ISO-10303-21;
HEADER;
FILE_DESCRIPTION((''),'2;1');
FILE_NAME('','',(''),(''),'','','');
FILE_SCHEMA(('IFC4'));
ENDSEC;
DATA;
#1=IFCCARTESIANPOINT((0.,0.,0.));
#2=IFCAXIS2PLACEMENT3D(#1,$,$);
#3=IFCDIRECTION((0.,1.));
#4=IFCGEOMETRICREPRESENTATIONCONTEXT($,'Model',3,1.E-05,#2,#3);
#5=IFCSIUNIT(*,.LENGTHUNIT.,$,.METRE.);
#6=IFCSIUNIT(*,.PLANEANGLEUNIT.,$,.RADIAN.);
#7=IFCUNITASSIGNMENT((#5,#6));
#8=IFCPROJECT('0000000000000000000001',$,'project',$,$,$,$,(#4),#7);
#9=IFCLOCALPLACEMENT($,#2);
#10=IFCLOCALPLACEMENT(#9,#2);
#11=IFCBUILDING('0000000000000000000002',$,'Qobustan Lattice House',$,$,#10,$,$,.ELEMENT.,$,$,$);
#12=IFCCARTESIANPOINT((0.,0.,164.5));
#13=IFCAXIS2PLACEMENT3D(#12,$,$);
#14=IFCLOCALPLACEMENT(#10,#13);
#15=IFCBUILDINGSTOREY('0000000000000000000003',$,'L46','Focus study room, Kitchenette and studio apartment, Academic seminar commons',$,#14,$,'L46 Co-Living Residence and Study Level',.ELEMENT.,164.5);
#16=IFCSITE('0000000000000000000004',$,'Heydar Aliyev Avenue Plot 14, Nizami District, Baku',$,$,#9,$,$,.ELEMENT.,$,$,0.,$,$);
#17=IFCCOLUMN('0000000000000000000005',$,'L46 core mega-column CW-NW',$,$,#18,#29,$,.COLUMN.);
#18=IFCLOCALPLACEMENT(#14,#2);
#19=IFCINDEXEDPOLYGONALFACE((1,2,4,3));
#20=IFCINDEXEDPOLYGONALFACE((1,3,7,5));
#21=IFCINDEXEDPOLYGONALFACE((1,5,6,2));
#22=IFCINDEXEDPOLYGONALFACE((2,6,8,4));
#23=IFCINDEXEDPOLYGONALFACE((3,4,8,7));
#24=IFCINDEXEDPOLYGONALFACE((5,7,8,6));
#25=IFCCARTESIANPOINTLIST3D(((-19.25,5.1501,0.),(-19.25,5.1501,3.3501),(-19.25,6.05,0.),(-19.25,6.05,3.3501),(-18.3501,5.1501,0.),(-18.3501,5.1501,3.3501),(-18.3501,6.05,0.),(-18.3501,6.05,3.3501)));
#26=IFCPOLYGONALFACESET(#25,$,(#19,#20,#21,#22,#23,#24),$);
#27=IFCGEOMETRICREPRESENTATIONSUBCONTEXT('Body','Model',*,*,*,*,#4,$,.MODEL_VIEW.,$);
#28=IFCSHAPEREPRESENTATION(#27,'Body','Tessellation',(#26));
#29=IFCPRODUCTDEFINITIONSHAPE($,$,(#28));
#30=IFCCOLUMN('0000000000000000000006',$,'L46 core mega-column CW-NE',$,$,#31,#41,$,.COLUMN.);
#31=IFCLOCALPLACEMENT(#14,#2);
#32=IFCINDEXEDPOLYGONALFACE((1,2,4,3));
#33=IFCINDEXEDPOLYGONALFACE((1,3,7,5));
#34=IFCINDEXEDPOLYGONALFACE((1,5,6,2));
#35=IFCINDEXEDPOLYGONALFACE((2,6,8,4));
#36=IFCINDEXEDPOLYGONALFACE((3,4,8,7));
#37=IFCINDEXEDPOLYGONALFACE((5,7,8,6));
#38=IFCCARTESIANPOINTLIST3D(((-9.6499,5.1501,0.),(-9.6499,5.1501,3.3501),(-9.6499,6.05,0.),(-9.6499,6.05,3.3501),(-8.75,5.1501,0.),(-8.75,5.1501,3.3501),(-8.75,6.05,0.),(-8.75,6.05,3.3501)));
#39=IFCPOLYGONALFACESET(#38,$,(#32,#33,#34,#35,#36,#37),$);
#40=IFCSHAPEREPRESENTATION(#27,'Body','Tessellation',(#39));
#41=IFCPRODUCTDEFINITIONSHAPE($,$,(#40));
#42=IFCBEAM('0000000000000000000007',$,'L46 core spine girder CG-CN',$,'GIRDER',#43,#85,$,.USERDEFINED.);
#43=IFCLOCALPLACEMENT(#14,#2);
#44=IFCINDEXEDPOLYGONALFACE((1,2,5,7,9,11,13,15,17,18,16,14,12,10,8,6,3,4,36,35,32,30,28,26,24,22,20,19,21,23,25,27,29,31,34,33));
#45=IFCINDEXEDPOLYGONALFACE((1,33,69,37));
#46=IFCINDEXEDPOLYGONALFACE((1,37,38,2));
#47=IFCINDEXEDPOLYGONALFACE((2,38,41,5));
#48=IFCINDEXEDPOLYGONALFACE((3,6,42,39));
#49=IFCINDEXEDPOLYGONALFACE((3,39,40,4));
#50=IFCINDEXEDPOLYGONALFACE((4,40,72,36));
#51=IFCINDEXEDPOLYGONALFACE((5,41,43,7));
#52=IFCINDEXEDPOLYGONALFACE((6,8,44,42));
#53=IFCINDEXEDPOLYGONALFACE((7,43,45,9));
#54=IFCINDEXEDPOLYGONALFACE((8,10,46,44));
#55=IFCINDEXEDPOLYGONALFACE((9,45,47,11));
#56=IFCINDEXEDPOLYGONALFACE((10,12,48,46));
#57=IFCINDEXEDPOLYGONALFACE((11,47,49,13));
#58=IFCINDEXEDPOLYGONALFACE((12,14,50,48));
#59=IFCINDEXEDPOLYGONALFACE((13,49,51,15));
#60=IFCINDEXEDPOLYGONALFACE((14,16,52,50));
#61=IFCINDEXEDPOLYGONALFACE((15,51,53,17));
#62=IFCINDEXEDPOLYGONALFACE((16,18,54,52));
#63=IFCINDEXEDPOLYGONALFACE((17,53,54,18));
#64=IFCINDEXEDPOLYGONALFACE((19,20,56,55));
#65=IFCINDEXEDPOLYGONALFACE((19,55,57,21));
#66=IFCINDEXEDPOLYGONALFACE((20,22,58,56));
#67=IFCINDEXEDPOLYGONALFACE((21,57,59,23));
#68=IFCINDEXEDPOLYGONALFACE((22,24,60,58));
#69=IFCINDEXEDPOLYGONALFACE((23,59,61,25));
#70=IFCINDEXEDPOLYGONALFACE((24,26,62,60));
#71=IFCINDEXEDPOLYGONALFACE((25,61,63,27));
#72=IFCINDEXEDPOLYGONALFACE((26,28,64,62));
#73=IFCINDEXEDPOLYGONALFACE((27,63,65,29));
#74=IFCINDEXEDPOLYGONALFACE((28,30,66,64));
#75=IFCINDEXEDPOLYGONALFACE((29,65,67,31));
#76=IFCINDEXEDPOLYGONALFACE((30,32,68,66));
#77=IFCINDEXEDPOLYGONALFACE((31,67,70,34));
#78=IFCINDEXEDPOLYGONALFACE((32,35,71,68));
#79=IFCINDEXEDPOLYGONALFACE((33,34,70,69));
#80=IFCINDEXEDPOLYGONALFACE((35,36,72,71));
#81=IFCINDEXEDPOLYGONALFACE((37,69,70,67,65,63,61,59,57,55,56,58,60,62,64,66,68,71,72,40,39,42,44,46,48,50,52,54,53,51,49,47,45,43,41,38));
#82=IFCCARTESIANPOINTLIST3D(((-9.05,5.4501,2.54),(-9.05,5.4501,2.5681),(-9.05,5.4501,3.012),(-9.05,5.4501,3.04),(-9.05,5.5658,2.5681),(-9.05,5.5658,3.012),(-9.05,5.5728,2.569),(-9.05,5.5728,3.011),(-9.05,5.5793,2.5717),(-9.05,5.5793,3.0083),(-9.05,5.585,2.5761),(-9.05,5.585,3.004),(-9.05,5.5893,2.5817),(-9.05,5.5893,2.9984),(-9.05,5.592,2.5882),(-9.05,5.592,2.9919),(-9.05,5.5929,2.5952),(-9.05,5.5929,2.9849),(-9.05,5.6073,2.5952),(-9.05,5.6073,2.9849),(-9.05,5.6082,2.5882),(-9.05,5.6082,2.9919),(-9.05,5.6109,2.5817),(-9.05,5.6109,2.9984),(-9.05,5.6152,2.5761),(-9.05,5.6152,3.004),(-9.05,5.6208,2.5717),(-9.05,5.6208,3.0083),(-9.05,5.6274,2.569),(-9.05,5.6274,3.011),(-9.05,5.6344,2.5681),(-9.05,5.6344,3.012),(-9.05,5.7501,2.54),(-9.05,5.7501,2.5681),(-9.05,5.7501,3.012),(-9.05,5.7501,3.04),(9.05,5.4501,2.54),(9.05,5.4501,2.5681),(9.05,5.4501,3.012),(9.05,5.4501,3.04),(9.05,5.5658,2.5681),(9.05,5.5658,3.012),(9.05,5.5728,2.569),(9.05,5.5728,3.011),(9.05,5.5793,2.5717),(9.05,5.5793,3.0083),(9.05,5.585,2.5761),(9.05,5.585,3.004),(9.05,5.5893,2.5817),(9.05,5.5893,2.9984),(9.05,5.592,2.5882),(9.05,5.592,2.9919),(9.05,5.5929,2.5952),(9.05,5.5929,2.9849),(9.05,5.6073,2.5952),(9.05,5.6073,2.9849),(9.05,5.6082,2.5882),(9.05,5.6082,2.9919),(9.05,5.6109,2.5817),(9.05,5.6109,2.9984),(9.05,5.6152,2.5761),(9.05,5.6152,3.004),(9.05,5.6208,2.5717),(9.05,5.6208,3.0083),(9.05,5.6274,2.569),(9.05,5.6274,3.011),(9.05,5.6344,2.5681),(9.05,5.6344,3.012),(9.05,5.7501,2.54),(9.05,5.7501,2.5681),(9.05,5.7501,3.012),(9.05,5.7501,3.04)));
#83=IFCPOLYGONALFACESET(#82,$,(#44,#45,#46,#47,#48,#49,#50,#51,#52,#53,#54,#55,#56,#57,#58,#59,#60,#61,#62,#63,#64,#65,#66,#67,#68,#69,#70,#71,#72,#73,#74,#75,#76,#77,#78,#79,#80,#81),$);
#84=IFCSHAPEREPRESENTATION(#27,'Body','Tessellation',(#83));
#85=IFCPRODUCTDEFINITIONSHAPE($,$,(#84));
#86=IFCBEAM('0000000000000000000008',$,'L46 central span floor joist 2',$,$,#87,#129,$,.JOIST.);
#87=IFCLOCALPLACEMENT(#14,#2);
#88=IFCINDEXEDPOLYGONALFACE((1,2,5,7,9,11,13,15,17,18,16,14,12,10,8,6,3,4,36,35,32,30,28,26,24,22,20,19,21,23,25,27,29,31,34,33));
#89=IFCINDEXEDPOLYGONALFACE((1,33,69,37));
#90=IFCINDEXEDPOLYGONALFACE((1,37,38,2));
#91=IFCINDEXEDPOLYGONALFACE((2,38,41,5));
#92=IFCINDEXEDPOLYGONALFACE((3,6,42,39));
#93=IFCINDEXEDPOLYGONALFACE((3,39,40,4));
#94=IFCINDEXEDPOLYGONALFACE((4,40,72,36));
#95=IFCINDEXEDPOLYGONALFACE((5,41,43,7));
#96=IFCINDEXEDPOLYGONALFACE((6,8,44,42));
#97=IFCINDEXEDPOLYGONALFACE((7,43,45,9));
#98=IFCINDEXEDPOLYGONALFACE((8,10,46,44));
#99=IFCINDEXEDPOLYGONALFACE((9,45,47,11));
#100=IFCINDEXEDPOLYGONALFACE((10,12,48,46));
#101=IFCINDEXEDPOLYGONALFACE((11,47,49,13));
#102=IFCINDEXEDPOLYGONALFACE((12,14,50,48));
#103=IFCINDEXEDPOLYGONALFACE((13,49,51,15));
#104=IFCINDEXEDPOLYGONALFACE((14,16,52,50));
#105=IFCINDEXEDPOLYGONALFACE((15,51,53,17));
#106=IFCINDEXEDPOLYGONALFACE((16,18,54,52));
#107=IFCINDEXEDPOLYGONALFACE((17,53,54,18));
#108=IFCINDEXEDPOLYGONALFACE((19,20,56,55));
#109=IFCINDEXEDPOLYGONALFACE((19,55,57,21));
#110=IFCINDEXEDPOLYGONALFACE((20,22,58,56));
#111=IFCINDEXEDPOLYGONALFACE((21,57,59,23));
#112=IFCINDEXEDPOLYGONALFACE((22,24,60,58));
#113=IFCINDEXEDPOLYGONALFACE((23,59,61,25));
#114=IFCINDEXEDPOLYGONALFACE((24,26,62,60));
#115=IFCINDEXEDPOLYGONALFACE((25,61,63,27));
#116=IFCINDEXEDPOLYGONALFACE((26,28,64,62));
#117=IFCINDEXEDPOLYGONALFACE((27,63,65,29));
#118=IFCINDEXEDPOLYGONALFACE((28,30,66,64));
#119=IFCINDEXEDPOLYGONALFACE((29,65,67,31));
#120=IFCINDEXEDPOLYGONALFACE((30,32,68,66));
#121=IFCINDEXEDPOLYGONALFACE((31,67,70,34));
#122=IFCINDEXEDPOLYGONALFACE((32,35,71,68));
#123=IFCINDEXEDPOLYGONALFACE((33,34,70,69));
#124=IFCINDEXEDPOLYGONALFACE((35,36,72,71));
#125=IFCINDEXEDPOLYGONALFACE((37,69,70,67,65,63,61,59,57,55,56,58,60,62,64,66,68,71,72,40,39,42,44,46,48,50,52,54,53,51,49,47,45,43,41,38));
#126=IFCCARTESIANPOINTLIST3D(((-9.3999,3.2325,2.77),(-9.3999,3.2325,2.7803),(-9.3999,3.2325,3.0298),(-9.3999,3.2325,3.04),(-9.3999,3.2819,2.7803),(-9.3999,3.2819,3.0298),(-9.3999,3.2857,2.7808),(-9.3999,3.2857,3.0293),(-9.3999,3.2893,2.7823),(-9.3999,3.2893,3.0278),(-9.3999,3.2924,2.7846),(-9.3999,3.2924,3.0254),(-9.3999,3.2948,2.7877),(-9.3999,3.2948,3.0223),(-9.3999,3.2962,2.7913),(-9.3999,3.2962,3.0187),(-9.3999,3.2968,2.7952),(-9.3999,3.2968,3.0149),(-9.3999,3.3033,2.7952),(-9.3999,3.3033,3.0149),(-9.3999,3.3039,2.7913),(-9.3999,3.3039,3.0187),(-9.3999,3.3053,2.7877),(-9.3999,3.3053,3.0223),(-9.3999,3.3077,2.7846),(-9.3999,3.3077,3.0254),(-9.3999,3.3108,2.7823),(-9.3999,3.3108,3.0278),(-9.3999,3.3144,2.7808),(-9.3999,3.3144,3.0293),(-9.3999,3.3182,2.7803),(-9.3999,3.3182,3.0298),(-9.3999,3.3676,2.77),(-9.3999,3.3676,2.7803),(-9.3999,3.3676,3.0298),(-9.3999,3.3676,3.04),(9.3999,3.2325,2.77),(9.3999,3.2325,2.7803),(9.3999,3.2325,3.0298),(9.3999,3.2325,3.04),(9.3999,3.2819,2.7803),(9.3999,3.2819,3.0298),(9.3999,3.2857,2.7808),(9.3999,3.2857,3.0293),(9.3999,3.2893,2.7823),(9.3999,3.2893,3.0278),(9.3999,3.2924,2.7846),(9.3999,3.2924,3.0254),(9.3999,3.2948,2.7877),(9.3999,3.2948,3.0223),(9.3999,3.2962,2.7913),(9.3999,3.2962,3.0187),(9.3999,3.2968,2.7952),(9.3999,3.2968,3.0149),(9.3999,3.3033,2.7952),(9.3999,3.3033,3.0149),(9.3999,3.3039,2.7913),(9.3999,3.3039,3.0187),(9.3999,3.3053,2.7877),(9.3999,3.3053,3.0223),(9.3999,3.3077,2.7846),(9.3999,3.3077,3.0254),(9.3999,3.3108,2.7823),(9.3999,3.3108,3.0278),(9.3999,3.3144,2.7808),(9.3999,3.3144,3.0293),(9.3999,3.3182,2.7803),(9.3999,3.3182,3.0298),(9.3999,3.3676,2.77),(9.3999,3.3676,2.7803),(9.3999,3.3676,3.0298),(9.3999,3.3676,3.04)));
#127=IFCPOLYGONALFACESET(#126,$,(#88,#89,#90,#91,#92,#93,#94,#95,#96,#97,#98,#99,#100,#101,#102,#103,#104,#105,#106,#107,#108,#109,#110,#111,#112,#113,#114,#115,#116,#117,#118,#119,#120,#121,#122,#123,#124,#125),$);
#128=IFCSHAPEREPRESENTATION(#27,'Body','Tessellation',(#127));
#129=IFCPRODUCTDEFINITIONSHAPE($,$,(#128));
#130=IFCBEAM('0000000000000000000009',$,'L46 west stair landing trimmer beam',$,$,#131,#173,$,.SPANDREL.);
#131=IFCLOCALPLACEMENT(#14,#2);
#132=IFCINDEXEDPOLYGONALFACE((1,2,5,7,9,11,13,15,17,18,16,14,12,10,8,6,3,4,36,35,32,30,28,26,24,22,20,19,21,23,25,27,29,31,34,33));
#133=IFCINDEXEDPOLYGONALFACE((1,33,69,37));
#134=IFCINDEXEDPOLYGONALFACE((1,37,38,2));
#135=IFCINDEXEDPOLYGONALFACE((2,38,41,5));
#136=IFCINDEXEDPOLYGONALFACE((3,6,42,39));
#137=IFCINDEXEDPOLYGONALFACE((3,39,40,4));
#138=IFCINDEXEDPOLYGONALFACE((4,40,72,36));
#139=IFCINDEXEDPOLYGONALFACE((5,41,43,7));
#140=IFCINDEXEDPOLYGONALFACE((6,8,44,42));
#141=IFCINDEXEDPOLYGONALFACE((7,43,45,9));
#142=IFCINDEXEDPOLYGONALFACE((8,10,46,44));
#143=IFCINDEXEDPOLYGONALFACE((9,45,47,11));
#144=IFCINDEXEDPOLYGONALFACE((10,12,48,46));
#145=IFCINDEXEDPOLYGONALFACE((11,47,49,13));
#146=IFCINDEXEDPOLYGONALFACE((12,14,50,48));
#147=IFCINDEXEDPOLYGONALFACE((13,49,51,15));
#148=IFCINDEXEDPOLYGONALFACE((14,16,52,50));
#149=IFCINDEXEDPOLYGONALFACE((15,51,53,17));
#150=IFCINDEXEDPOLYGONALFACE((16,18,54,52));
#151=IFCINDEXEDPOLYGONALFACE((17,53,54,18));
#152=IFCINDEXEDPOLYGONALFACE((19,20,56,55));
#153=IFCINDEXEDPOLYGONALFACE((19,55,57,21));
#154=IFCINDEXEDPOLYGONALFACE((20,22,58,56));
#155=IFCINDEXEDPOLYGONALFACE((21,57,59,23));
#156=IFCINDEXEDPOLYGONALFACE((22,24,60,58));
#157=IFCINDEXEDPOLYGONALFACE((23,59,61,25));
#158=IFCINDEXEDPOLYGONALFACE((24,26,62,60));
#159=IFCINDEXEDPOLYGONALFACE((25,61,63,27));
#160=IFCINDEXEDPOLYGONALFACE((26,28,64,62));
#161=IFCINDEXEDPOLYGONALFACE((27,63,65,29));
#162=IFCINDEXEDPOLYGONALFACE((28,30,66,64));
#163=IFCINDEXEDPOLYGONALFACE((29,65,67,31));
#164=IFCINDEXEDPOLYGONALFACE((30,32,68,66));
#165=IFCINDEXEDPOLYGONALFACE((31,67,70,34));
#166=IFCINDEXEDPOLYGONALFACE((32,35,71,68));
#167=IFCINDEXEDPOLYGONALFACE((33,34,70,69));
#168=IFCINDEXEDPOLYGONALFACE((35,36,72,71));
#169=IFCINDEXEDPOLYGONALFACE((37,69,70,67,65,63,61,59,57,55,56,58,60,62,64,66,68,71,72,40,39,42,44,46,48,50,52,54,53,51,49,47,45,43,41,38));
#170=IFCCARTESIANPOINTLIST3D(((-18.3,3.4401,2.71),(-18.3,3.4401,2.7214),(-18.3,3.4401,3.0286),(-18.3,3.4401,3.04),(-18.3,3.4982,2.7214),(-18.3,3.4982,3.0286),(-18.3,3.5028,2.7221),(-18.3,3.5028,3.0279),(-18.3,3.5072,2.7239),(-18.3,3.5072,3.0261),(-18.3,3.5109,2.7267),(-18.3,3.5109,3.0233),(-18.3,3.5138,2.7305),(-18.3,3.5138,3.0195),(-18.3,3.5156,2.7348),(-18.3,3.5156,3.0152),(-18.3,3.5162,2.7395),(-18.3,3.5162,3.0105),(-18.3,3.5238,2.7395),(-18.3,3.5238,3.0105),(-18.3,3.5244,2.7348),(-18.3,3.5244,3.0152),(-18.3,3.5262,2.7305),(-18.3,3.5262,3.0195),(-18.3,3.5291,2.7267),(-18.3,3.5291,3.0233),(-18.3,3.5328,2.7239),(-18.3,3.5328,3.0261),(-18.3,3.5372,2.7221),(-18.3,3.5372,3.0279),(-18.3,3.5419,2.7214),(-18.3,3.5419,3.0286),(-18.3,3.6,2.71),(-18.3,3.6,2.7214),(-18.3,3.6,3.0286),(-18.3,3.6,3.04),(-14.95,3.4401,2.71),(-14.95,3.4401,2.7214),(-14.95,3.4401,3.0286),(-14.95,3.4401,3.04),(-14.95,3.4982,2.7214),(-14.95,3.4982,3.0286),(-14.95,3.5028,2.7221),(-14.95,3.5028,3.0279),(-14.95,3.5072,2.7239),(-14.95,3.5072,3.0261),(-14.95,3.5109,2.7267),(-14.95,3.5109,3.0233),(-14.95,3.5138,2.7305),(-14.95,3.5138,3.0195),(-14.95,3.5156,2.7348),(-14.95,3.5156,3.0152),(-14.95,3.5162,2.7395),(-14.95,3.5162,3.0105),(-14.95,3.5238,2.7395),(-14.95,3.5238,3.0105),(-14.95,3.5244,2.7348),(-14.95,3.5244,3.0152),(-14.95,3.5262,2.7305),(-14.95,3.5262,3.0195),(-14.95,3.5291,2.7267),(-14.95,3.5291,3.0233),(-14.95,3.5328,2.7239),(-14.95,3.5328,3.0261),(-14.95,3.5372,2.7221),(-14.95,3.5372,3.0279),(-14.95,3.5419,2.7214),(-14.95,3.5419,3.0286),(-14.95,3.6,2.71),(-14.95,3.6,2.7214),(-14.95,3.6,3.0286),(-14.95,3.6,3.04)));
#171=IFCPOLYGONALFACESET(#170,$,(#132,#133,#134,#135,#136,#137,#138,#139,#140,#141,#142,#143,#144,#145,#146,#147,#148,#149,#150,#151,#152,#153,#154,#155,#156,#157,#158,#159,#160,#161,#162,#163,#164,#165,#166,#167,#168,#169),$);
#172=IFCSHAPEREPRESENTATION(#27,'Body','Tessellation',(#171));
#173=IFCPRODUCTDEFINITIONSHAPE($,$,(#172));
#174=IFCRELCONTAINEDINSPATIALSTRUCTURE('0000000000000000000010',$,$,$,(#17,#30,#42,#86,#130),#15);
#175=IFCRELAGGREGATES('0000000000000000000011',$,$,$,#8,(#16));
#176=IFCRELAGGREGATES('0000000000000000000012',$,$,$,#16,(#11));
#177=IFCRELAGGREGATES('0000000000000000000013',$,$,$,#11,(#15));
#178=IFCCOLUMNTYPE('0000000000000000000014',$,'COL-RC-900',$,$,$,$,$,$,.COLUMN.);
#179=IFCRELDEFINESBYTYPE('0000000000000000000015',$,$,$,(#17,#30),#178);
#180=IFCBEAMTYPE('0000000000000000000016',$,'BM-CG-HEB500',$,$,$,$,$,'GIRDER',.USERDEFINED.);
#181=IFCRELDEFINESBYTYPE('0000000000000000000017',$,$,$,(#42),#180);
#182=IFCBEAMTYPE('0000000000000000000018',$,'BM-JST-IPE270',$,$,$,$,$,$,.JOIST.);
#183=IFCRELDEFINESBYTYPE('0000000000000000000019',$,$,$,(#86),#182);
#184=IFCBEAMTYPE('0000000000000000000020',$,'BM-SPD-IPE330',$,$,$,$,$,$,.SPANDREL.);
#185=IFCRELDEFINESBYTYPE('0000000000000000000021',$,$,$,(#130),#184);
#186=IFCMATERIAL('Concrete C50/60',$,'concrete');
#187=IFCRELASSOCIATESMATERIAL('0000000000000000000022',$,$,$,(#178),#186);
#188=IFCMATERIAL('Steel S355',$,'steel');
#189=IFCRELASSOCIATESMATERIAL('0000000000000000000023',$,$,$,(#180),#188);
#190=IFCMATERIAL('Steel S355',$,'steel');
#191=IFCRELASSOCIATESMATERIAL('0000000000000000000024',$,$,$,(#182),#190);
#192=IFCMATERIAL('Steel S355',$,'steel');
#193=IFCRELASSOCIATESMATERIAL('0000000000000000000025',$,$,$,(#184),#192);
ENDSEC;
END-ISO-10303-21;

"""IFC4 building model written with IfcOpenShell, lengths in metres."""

from ifc_helpers import new_model, si_unit, direction, frame, origin, origin_2d, place, context, subcontext, project, spatial, rectangle, i_section, extrude, material, material_profile, profile_set, type_object, element, save


model = new_model("IFC4")

# Units and contexts
model_context = context("Model", 3, precision=1e-05, world=origin(), true_north=direction((0.0, 1.0)))
body_context = subcontext(model_context, "Body", "Model", "MODEL_VIEW")
ifc_project = project(units=[si_unit("LENGTHUNIT", "METRE"), si_unit("PLANEANGLEUNIT", "RADIAN")], contexts=[model_context])

# Site, building, storey
site_placement = place(None, origin())
site = spatial("IfcSite", under=ifc_project, at=site_placement, Name="Heydar Aliyev Avenue Plot 14, Nizami District, Baku", CompositionType="ELEMENT", RefElevation=0.0)
building_placement = place(site_placement, origin())
building = spatial("IfcBuilding", under=site, at=building_placement, Name="Qobustan Lattice House", CompositionType="ELEMENT")
storey_placement = place(building_placement, frame((0.0, 0.0, 164.5)))
storey = spatial("IfcBuildingStorey", under=building, at=storey_placement, Name="L46", Description="Focus study room, Kitchenette and studio apartment, Academic seminar commons", LongName="L46 Co-Living Residence and Study Level", CompositionType="ELEMENT", Elevation=164.5)

# Columns
ifc_material_1 = material(Name="Concrete C50/60", Category="concrete")
ifc_material_profile_1 = material_profile(ifc_material_1, rectangle(XDim=0.8999, YDim=0.8999, at=origin_2d()), Name="RC900x900")
ifc_profile_set_1 = profile_set([ifc_material_profile_1], Name="Concrete C50/60")
column_type = type_object("IfcColumnType", Name="COL-RC-900", PredefinedType="COLUMN", material=ifc_profile_set_1)
for number, where, z_axis, x_axis, name in (
    (1, (-18.8, 5.6001, 0.0), (0.0, 0.0, 1.0), (1.0, 0.0, 0.0), "L46 core mega-column CW-NW"),
    (2, (-9.2, 5.6001, 0.0), (0.0, 0.0, 1.0), (1.0, 0.0, 0.0), "L46 core mega-column CW-NE"),
):
    element("IfcColumn", number, at=place(storey_placement, frame(where, z_axis=z_axis, x_axis=x_axis)), inside=storey, type_object=column_type, Name=name, PredefinedType="COLUMN", context=body_context, shape_type="SweptSolid", body=[
        extrude(rectangle(XDim=0.8999, YDim=0.8999, at=origin_2d()), origin(), (0.0, 0.0, 1.0), 3.3501),
    ])

# Beams
ifc_material_2 = material(Name="Steel S355", Category="steel")
ifc_material_profile_2 = material_profile(ifc_material_2, i_section(OverallWidth=0.3, OverallDepth=0.5, WebThickness=0.0144, FlangeThickness=0.0281, FilletRadius=0.0271, at=origin_2d()), Name="HEB500")
ifc_profile_set_2 = profile_set([ifc_material_profile_2], Name="Steel S355")
beam_type_1 = type_object("IfcBeamType", Name="BM-CG-HEB500", ElementType="GIRDER", PredefinedType="USERDEFINED", material=ifc_profile_set_2)
beam_1_placement = place(storey_placement, frame((-9.05, 5.6001, 2.79), z_axis=(1.0, 0.0, 0.0), x_axis=(0.0, 1.0, 0.0)))
element("IfcBeam", 3, at=beam_1_placement, inside=storey, type_object=beam_type_1, Name="L46 core spine girder CG-CN", ObjectType="GIRDER", PredefinedType="USERDEFINED", context=body_context, shape_type="SweptSolid", body=[
    extrude(i_section(OverallWidth=0.3, OverallDepth=0.5, WebThickness=0.0144, FlangeThickness=0.0281, FilletRadius=0.0271, at=origin_2d()), origin(), (0.0, 0.0, 1.0), 18.1001),
])
ifc_material_3 = material(Name="Steel S355", Category="steel")
ifc_material_profile_3 = material_profile(ifc_material_3, i_section(OverallWidth=0.135, OverallDepth=0.27, WebThickness=0.0066, FlangeThickness=0.0103, FilletRadius=0.0149, at=origin_2d()), Name="IPE270")
ifc_profile_set_3 = profile_set([ifc_material_profile_3], Name="Steel S355")
beam_type_2 = type_object("IfcBeamType", Name="BM-JST-IPE270", PredefinedType="JOIST", material=ifc_profile_set_3)
beam_2_placement = place(storey_placement, frame((-9.3999, 3.3, 2.905), z_axis=(1.0, 0.0, 0.0), x_axis=(0.0, 1.0, 0.0)))
element("IfcBeam", 4, at=beam_2_placement, inside=storey, type_object=beam_type_2, Name="L46 central span floor joist 2", PredefinedType="JOIST", context=body_context, shape_type="SweptSolid", body=[
    extrude(i_section(OverallWidth=0.135, OverallDepth=0.27, WebThickness=0.0066, FlangeThickness=0.0103, FilletRadius=0.0149, at=origin_2d()), origin(), (0.0, 0.0, 1.0), 18.7998),
])
ifc_material_4 = material(Name="Steel S355", Category="steel")
ifc_material_profile_4 = material_profile(ifc_material_4, i_section(OverallWidth=0.1599, OverallDepth=0.3301, WebThickness=0.0076, FlangeThickness=0.0115, FilletRadius=0.0181, at=origin_2d()), Name="IPE330")
ifc_profile_set_4 = profile_set([ifc_material_profile_4], Name="Steel S355")
beam_type_3 = type_object("IfcBeamType", Name="BM-SPD-IPE330", PredefinedType="SPANDREL", material=ifc_profile_set_4)
beam_3_placement = place(storey_placement, frame((-18.3, 3.52, 2.875), z_axis=(1.0, 0.0, 0.0), x_axis=(0.0, 1.0, 0.0)))
element("IfcBeam", 5, at=beam_3_placement, inside=storey, type_object=beam_type_3, Name="L46 west stair landing trimmer beam", PredefinedType="SPANDREL", context=body_context, shape_type="SweptSolid", body=[
    extrude(i_section(OverallWidth=0.1599, OverallDepth=0.3301, WebThickness=0.0076, FlangeThickness=0.0115, FilletRadius=0.0181, at=origin_2d()), origin(), (0.0, 0.0, 1.0), 3.3501),
])

save(model, "model.ifc")
